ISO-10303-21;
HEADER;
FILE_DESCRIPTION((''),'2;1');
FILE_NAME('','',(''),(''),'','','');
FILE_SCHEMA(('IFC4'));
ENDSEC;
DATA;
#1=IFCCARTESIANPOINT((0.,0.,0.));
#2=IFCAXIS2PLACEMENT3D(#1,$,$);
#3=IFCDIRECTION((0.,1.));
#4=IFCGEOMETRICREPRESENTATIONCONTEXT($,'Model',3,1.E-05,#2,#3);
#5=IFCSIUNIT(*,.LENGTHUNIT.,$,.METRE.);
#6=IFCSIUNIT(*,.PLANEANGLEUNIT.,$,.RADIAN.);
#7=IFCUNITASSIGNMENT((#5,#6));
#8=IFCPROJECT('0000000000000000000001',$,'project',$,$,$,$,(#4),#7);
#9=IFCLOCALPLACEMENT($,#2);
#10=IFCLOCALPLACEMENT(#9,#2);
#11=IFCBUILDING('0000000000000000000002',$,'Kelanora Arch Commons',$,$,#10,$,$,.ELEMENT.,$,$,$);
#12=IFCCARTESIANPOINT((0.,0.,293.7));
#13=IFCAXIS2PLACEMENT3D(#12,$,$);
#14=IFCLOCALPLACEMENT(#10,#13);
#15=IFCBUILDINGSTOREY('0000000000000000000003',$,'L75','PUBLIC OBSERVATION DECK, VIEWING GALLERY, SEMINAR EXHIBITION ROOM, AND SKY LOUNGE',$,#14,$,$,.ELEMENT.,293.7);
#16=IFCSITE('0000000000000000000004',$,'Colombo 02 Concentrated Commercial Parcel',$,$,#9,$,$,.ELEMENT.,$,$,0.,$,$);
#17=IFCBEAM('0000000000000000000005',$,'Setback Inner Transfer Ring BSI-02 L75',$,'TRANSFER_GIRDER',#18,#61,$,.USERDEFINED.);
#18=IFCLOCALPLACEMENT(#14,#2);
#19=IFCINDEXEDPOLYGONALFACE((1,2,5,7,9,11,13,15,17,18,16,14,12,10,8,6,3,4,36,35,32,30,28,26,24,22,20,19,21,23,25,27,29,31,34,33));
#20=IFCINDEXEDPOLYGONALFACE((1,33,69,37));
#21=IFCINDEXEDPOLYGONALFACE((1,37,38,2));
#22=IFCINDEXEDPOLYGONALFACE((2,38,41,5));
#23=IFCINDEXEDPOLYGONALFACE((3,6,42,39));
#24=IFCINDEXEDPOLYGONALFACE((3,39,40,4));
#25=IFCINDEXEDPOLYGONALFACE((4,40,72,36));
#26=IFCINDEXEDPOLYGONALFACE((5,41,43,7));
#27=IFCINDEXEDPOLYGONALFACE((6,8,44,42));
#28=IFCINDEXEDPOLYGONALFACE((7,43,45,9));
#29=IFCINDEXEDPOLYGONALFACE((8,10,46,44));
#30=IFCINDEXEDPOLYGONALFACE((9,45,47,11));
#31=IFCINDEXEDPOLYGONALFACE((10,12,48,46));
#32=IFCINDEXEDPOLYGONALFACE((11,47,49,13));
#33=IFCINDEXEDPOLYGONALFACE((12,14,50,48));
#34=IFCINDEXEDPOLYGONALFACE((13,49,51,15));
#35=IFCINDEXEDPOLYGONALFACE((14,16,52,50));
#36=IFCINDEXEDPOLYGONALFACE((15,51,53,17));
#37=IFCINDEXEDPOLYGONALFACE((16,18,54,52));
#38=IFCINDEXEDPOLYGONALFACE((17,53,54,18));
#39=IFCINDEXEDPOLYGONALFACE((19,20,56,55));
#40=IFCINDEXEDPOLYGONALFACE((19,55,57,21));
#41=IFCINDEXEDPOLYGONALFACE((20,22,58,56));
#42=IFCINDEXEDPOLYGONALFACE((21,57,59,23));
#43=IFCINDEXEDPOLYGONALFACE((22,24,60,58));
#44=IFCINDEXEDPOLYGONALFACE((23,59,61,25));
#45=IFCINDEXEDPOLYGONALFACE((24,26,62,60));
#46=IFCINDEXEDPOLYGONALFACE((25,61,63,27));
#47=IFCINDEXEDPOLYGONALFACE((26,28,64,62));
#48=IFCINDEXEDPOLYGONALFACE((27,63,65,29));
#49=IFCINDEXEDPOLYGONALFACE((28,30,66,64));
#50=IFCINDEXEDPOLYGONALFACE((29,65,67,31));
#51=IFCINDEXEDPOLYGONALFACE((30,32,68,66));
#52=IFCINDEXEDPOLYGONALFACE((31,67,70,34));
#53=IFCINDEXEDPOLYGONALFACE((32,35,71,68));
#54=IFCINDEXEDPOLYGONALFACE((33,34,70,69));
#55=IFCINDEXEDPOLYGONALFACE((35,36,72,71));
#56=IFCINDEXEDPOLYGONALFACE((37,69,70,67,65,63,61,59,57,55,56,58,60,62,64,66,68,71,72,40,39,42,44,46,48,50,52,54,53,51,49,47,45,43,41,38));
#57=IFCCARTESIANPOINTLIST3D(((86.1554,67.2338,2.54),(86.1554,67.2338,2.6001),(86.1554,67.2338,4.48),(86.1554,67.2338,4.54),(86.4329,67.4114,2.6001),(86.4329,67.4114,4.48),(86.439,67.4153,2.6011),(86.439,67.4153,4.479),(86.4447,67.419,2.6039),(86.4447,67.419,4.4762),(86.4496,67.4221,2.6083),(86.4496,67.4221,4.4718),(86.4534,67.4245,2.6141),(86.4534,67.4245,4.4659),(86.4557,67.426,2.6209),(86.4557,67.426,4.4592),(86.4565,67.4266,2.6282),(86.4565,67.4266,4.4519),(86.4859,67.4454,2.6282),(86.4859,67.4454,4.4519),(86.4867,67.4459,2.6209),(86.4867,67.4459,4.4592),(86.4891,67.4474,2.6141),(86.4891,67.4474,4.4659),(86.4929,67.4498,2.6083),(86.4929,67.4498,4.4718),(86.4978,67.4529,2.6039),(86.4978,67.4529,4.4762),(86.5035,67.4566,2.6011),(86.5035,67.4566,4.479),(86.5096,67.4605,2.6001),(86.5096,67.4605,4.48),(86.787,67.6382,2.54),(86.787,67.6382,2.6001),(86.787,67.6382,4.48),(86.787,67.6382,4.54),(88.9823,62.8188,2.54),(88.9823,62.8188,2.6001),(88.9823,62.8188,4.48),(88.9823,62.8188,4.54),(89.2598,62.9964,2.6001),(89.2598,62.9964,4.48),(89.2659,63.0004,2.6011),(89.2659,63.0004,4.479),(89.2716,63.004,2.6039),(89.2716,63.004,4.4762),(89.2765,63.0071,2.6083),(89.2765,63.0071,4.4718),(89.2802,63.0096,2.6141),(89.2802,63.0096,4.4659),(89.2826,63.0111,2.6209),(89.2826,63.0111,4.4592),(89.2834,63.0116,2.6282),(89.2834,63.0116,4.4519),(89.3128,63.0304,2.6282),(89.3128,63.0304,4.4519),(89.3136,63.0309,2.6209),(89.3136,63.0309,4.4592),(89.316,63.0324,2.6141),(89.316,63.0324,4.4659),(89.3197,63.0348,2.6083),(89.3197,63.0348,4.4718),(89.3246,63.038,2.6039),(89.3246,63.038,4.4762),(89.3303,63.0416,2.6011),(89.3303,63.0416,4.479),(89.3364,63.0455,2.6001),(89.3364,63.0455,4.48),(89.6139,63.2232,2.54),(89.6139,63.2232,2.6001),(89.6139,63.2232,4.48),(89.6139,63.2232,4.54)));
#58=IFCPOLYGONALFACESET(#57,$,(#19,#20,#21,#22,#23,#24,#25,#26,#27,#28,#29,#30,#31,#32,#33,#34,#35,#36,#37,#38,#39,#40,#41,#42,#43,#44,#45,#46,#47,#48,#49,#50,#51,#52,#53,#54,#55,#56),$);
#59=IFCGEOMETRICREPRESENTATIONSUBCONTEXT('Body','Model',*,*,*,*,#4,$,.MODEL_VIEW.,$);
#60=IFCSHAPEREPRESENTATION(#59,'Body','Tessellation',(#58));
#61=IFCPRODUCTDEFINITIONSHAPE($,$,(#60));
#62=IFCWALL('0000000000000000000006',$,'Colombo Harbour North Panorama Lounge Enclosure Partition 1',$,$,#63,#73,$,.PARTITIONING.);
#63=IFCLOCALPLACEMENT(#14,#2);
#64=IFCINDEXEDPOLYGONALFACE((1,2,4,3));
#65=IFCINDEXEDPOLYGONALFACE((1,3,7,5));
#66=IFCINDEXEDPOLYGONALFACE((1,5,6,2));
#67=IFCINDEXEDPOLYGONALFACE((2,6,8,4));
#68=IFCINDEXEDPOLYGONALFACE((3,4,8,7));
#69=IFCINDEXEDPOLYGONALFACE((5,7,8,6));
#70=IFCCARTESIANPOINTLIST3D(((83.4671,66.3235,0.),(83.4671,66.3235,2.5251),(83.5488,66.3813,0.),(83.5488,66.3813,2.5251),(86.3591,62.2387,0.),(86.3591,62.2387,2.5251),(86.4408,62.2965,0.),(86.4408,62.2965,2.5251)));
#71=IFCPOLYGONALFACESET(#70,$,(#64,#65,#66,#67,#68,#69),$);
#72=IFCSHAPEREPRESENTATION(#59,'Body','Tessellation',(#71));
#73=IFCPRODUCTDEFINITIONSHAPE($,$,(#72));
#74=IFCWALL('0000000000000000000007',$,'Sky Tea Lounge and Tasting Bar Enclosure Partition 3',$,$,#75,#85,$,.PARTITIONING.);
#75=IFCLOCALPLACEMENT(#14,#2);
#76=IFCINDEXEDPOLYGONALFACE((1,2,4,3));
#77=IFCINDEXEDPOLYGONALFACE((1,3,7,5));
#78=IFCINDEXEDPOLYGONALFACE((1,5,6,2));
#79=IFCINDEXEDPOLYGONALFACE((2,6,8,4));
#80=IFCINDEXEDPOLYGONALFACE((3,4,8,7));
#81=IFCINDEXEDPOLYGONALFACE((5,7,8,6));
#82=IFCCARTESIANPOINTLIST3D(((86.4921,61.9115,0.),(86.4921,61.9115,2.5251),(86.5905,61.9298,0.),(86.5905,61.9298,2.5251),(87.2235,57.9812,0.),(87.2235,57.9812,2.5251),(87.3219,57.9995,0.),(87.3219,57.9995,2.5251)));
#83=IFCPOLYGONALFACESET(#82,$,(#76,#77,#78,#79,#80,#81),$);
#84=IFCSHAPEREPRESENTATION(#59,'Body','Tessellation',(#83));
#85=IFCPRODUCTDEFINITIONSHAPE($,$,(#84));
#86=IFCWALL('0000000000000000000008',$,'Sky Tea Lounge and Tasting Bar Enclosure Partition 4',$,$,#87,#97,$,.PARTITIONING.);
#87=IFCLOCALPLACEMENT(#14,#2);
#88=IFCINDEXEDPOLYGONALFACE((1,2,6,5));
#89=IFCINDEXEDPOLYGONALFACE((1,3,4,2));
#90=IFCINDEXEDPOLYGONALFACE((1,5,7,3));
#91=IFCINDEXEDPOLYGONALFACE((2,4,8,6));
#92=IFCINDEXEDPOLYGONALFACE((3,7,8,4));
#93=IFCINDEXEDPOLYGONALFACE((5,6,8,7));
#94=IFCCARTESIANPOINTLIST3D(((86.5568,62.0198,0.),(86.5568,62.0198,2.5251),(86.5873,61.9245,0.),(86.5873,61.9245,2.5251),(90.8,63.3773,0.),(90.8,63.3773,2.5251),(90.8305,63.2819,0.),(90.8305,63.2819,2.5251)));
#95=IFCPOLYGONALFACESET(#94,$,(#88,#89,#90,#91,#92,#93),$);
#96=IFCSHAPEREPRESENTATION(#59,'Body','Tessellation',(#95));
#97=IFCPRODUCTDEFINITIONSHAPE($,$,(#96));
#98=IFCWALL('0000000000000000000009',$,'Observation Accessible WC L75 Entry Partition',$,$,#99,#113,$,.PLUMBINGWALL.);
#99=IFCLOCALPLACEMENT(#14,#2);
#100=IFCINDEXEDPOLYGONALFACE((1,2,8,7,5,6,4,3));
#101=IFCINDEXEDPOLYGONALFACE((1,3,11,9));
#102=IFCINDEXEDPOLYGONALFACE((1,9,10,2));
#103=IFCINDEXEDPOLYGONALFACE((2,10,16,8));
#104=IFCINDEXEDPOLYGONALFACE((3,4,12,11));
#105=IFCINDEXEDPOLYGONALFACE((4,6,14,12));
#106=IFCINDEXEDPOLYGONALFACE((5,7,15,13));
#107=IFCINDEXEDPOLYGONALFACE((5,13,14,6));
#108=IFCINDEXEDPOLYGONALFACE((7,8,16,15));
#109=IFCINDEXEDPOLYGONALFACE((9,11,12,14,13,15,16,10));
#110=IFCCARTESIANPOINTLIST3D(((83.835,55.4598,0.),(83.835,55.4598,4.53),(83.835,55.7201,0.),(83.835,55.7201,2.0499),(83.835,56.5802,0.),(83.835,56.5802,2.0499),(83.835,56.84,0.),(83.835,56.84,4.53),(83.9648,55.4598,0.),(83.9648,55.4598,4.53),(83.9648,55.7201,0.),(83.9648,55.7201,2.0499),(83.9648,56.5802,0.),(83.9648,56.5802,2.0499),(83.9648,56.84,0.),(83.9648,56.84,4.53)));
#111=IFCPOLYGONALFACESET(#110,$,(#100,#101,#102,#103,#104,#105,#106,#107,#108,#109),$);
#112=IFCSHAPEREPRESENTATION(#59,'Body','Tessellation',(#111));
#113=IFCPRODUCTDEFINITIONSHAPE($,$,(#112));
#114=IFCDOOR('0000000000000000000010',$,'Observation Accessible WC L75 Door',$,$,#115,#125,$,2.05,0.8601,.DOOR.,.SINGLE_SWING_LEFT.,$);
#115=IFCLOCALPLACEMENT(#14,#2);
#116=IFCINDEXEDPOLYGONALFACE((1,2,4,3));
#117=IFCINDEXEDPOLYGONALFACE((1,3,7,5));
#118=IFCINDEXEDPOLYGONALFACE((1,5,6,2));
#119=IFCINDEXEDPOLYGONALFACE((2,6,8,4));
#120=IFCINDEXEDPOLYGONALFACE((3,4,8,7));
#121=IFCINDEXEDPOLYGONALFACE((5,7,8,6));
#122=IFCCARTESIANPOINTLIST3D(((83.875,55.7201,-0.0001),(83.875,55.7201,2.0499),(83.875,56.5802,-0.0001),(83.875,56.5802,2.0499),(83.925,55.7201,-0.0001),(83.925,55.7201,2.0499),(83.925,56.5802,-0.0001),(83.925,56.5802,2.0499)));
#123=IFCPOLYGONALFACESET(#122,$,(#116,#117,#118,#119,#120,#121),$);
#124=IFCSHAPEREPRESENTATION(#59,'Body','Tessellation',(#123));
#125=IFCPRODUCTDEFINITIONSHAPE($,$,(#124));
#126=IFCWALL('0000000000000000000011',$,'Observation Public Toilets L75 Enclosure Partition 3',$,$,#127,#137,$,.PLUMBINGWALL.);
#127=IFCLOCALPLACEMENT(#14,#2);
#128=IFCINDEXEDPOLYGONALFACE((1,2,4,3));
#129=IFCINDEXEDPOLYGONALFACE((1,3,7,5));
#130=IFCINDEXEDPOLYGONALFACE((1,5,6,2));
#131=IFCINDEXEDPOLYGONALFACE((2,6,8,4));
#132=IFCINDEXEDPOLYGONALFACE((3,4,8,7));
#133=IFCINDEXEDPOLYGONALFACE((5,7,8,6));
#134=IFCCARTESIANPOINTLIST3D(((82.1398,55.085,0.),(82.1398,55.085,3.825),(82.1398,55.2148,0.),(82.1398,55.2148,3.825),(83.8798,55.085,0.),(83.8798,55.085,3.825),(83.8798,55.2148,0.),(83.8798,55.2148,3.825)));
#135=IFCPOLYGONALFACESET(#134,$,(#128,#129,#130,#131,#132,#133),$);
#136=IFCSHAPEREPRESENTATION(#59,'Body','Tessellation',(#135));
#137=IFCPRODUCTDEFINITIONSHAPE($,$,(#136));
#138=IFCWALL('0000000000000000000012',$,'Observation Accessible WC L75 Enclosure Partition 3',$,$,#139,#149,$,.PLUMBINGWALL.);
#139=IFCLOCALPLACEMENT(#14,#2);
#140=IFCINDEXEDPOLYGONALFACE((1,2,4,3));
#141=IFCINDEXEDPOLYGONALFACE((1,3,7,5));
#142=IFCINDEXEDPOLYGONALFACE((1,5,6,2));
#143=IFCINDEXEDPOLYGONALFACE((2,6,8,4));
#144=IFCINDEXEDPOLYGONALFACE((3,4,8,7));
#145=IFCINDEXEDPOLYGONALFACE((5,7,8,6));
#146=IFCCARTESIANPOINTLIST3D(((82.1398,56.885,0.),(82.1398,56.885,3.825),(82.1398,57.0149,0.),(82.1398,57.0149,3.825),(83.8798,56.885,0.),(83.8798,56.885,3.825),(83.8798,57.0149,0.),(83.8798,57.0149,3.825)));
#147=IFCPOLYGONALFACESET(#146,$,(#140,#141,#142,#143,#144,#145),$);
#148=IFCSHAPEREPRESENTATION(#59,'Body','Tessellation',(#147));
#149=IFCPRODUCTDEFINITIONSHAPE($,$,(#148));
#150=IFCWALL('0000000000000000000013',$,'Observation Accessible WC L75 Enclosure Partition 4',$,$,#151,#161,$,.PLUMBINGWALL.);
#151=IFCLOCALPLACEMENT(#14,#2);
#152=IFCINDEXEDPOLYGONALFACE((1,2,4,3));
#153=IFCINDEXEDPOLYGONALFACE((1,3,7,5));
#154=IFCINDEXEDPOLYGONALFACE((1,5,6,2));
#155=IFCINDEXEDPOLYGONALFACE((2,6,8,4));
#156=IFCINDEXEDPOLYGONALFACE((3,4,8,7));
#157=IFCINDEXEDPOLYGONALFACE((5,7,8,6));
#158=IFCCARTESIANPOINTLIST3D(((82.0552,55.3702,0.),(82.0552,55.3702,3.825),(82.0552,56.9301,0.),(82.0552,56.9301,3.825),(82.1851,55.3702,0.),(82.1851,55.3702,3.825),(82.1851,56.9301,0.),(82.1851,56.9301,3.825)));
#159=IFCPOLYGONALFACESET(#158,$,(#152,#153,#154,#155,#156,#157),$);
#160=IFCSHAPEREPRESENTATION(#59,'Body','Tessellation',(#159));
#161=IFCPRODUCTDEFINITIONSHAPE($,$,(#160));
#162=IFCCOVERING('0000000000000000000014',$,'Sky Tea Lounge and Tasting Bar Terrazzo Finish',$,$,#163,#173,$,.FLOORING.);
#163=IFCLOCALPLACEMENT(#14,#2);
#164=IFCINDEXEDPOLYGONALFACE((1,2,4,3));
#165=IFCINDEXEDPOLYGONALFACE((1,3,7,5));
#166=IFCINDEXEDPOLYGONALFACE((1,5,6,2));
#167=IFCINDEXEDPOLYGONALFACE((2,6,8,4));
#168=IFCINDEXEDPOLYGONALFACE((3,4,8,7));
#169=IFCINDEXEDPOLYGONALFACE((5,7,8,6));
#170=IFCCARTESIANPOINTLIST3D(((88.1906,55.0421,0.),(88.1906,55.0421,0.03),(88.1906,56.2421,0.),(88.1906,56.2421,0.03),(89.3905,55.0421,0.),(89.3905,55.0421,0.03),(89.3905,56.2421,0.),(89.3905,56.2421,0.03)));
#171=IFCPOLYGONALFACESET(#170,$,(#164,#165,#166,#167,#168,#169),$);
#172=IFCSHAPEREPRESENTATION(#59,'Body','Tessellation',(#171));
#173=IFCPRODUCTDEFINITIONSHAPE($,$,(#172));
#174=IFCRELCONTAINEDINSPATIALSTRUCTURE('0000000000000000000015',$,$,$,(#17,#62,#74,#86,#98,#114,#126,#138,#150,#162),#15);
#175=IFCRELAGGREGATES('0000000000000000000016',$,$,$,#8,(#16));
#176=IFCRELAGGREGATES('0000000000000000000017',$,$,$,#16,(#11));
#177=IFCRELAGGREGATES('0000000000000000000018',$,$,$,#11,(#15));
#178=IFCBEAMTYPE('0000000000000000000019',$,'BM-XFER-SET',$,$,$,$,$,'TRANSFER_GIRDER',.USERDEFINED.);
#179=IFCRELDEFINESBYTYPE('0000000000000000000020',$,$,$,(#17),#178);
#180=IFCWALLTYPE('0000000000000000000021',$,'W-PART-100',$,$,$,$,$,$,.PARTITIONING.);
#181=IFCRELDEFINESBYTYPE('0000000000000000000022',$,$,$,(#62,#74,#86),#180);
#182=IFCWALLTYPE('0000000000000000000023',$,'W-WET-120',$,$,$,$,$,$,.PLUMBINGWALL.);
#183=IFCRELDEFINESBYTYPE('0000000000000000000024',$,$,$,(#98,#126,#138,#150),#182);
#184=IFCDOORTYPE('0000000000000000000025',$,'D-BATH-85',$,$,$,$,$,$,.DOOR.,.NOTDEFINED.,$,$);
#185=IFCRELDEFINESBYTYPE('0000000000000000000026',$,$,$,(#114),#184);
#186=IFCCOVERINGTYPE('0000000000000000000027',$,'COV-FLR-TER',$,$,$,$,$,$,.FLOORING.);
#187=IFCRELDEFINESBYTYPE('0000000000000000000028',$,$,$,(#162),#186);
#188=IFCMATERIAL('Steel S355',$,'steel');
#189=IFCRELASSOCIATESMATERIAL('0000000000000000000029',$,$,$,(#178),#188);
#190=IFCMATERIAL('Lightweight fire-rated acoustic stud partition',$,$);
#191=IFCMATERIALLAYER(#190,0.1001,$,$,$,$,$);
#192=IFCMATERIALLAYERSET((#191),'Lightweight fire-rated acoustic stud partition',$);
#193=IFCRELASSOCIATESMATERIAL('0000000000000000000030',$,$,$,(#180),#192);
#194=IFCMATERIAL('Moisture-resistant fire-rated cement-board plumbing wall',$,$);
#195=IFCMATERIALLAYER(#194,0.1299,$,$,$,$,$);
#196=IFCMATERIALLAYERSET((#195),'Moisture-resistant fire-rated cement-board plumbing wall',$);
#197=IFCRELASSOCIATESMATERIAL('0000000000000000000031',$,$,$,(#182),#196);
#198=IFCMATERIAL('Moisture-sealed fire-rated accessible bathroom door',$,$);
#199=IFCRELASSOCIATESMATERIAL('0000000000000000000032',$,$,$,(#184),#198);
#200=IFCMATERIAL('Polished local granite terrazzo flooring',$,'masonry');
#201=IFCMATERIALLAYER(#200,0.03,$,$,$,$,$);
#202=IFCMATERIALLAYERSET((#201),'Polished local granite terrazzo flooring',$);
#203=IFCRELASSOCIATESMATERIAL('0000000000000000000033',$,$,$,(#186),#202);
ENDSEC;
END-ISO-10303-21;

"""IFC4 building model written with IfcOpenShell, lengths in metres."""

from ifc_helpers import new_model, si_unit, direction, frame, frame_2d, origin, origin_2d, place, context, subcontext, project, spatial, rectangle, i_section, extrude, source, transform, mapped, material, layer, layer_set, material_profile, profile_set, type_object, element, fill, save


model = new_model("IFC4")

# Units and contexts
model_context = context("Model", 3, precision=1e-05, world=origin(), true_north=direction((0.0, 1.0)))
body_context = subcontext(model_context, "Body", "Model", "MODEL_VIEW")
ifc_project = project(units=[si_unit("LENGTHUNIT", "METRE"), si_unit("PLANEANGLEUNIT", "RADIAN")], contexts=[model_context])

# Site, building, storey
site_placement = place(None, origin())
site = spatial("IfcSite", under=ifc_project, at=site_placement, Name="Colombo 02 Concentrated Commercial Parcel", CompositionType="ELEMENT", RefElevation=0.0)
building_placement = place(site_placement, origin())
building = spatial("IfcBuilding", under=site, at=building_placement, Name="Kelanora Arch Commons", CompositionType="ELEMENT")
storey_placement = place(building_placement, frame((0.0, 0.0, 293.7)))
storey = spatial("IfcBuildingStorey", under=building, at=storey_placement, Name="L75", Description="PUBLIC OBSERVATION DECK, VIEWING GALLERY, SEMINAR EXHIBITION ROOM, AND SKY LOUNGE", CompositionType="ELEMENT", Elevation=293.7)

# Beam
ifc_material_1 = material(Name="Steel S355", Category="steel")
ifc_material_profile_1 = material_profile(ifc_material_1, i_section(OverallWidth=0.75, OverallDepth=2.0, WebThickness=0.0349, FlangeThickness=0.0601, FilletRadius=0.0281, at=origin_2d()), Name="PG2000x750")
ifc_profile_set_1 = profile_set([ifc_material_profile_1], Name="Steel S355")
beam_type_1 = type_object("IfcBeamType", Name="BM-XFER-SET", ElementType="TRANSFER_GIRDER", PredefinedType="USERDEFINED", material=ifc_profile_set_1)
beam_1_placement = place(storey_placement, frame((89.2981, 63.021, 3.54), z_axis=(-0.539227, 0.842161, 0.0), x_axis=(-0.842161, -0.539227, 0.0)))
element("IfcBeam", 1, at=beam_1_placement, inside=storey, type_object=beam_type_1, Name="Setback Inner Transfer Ring BSI-02 L75", ObjectType="TRANSFER_GIRDER", PredefinedType="USERDEFINED", context=body_context, shape_type="SweptSolid", body=[
    extrude(i_section(OverallWidth=0.75, OverallDepth=2.0, WebThickness=0.0349, FlangeThickness=0.0601, FilletRadius=0.0281, at=origin_2d()), origin(), (0.0, 0.0, 1.0), 5.2424),
])

# Walls
ifc_material_2 = material(Name="Lightweight fire-rated acoustic stud partition")
ifc_layer_1 = layer(ifc_material_2, 0.1001)
ifc_layer_set_1 = layer_set([ifc_layer_1], Name="Lightweight fire-rated acoustic stud partition")
wall_type_1 = type_object("IfcWallType", Name="W-PART-100", PredefinedType="PARTITIONING", material=ifc_layer_set_1)
wall_1_placement = place(storey_placement, frame((86.3999, 62.2676, 0.0), z_axis=(0.0, 0.0, 1.0), x_axis=(-0.577818, 0.816165, 0.0)))
element("IfcWall", 2, at=wall_1_placement, inside=storey, type_object=wall_type_1, Name="Colombo Harbour North Panorama Lounge Enclosure Partition 1", PredefinedType="PARTITIONING", context=body_context, shape_type="SweptSolid", body=[
    extrude(rectangle(XDim=5.0049, YDim=0.1001, at=frame_2d((2.5024, 0.0))), origin(), (0.0, 0.0, 1.0), 2.5251),
])
wall_2_placement = place(storey_placement, frame((87.2727, 57.9902, 0.0), z_axis=(0.0, 0.0, 1.0), x_axis=(-0.182957, 0.983121, 0.0)))
element("IfcWall", 3, at=wall_2_placement, inside=storey, type_object=wall_type_1, Name="Sky Tea Lounge and Tasting Bar Enclosure Partition 3", PredefinedType="PARTITIONING", context=body_context, shape_type="SweptSolid", body=[
    extrude(rectangle(XDim=3.9978, YDim=0.1001, at=frame_2d((1.999, 0.0))), origin(), (0.0, 0.0, 1.0), 2.5251),
])
wall_3_placement = place(storey_placement, frame((86.572, 61.9722, 0.0), z_axis=(0.0, 0.0, 1.0), x_axis=(0.95245, 0.304696, 0.0)))
element("IfcWall", 4, at=wall_3_placement, inside=storey, type_object=wall_type_1, Name="Sky Tea Lounge and Tasting Bar Enclosure Partition 4", PredefinedType="PARTITIONING", context=body_context, shape_type="SweptSolid", body=[
    extrude(rectangle(XDim=4.4551, YDim=0.1001, at=frame_2d((2.2275, 0.0))), origin(), (0.0, 0.0, 1.0), 2.5251),
])

# Wall, opening, door
ifc_material_3 = material(Name="Moisture-resistant fire-rated cement-board plumbing wall")
ifc_layer_2 = layer(ifc_material_3, 0.1299)
ifc_layer_set_2 = layer_set([ifc_layer_2], Name="Moisture-resistant fire-rated cement-board plumbing wall")
wall_type_2 = type_object("IfcWallType", Name="W-WET-120", PredefinedType="PLUMBINGWALL", material=ifc_layer_set_2)
wall_4_placement = place(storey_placement, frame((83.8999, 55.46, 0.0), z_axis=(0.0, 0.0, 1.0), x_axis=(0.0, 1.0, 0.0)))
wall_4 = element("IfcWall", 5, at=wall_4_placement, inside=storey, type_object=wall_type_2, Name="Observation Accessible WC L75 Entry Partition", PredefinedType="PLUMBINGWALL", context=body_context, shape_type="SweptSolid", body=[
    extrude(rectangle(XDim=1.3801, YDim=0.1299, at=frame_2d((0.6899, 0.0))), origin(), (0.0, 0.0, 1.0), 4.53),
])
opening_placement = place(wall_4_placement, frame((0.26, 0.0, 0.0)))
opening = element("IfcOpeningElement", 6, at=opening_placement, cuts=wall_4, PredefinedType="OPENING", context=body_context, shape_type="SweptSolid", body=[
    extrude(rectangle(XDim=0.8601, YDim=2.05, at=frame_2d((0.4302, 1.0249))), frame((0.0, 0.075, 0.0), z_axis=(0.0, -1.0, 0.0), x_axis=(1.0, 0.0, 0.0)), (0.0, 0.0, 1.0), 0.1499),
])
ifc_material_4 = material(Name="Moisture-sealed fire-rated accessible bathroom door")
door_type = type_object("IfcDoorType", Name="D-BATH-85", OperationType="NOTDEFINED", PredefinedType="DOOR", material=ifc_material_4)
door_placement = place(opening_placement, origin())
door = element("IfcDoor", 7, at=door_placement, inside=storey, type_object=door_type, Name="Observation Accessible WC L75 Door", OperationType="SINGLE_SWING_LEFT", OverallHeight=2.05, OverallWidth=0.8601, PredefinedType="DOOR", context=body_context, shape_type="SweptSolid", body=[
    extrude(rectangle(XDim=0.8601, YDim=2.05, at=frame_2d((0.4302, 1.0249))), frame((0.0, 0.0249, 0.0), z_axis=(0.0, -1.0, 0.0), x_axis=(1.0, 0.0, 0.0)), (0.0, 0.0, 1.0), 0.05),
])
fill(opening, door)

# Walls
for number, where, z_axis, x_axis, name in (
    (8, (83.8799, 55.1499, 0.0), (0.0, 0.0, 1.0), (-1.0, 0.0, 0.0), "Observation Public Toilets L75 Enclosure Partition 3"),
    (9, (83.8799, 56.95, 0.0), (0.0, 0.0, 1.0), (-1.0, 0.0, 0.0), "Observation Accessible WC L75 Enclosure Partition 3"),
):
    element("IfcWall", number, at=place(storey_placement, frame(where, z_axis=z_axis, x_axis=x_axis)), inside=storey, type_object=wall_type_2, Name=name, PredefinedType="PLUMBINGWALL", context=body_context, shape_type="SweptSolid", body=[
        extrude(rectangle(XDim=1.74, YDim=0.1299, at=frame_2d((0.8701, 0.0))), origin(), (0.0, 0.0, 1.0), 3.825),
    ])
wall_5_placement = place(storey_placement, frame((82.1201, 56.9299, 0.0), z_axis=(0.0, 0.0, 1.0), x_axis=(0.0, -1.0, 0.0)))
element("IfcWall", 10, at=wall_5_placement, inside=storey, type_object=wall_type_2, Name="Observation Accessible WC L75 Enclosure Partition 4", PredefinedType="PLUMBINGWALL", context=body_context, shape_type="SweptSolid", body=[
    extrude(rectangle(XDim=1.5598, YDim=0.1299, at=frame_2d((0.7798, 0.0))), origin(), (0.0, 0.0, 1.0), 3.825),
])

# Covering
ifc_material_5 = material(Name="Polished local granite terrazzo flooring", Category="masonry")
ifc_layer_3 = layer(ifc_material_5, 0.03)
ifc_layer_set_3 = layer_set([ifc_layer_3], Name="Polished local granite terrazzo flooring")
covering_type = type_object("IfcCoveringType", Name="COV-FLR-TER", PredefinedType="FLOORING", material=ifc_layer_set_3)
shared_shape = source(origin(), body_context, "Body", "SweptSolid", [
    extrude(rectangle(XDim=1.2, YDim=1.2, at=origin_2d()), origin(), (0.0, 0.0, 1.0), 0.03),
])
covering_placement = place(storey_placement, frame((88.7905, 55.6421, 0.0), z_axis=(0.0, 0.0, 1.0), x_axis=(1.0, 0.0, 0.0)))
element("IfcCovering", 11, at=covering_placement, inside=storey, type_object=covering_type, Name="Sky Tea Lounge and Tasting Bar Terrazzo Finish", PredefinedType="FLOORING", context=body_context, shape_type="MappedRepresentation", body=[
    mapped(shared_shape, transform((0.0, 0.0, 0.0), scale=1.0)),
])

save(model, "model.ifc")
